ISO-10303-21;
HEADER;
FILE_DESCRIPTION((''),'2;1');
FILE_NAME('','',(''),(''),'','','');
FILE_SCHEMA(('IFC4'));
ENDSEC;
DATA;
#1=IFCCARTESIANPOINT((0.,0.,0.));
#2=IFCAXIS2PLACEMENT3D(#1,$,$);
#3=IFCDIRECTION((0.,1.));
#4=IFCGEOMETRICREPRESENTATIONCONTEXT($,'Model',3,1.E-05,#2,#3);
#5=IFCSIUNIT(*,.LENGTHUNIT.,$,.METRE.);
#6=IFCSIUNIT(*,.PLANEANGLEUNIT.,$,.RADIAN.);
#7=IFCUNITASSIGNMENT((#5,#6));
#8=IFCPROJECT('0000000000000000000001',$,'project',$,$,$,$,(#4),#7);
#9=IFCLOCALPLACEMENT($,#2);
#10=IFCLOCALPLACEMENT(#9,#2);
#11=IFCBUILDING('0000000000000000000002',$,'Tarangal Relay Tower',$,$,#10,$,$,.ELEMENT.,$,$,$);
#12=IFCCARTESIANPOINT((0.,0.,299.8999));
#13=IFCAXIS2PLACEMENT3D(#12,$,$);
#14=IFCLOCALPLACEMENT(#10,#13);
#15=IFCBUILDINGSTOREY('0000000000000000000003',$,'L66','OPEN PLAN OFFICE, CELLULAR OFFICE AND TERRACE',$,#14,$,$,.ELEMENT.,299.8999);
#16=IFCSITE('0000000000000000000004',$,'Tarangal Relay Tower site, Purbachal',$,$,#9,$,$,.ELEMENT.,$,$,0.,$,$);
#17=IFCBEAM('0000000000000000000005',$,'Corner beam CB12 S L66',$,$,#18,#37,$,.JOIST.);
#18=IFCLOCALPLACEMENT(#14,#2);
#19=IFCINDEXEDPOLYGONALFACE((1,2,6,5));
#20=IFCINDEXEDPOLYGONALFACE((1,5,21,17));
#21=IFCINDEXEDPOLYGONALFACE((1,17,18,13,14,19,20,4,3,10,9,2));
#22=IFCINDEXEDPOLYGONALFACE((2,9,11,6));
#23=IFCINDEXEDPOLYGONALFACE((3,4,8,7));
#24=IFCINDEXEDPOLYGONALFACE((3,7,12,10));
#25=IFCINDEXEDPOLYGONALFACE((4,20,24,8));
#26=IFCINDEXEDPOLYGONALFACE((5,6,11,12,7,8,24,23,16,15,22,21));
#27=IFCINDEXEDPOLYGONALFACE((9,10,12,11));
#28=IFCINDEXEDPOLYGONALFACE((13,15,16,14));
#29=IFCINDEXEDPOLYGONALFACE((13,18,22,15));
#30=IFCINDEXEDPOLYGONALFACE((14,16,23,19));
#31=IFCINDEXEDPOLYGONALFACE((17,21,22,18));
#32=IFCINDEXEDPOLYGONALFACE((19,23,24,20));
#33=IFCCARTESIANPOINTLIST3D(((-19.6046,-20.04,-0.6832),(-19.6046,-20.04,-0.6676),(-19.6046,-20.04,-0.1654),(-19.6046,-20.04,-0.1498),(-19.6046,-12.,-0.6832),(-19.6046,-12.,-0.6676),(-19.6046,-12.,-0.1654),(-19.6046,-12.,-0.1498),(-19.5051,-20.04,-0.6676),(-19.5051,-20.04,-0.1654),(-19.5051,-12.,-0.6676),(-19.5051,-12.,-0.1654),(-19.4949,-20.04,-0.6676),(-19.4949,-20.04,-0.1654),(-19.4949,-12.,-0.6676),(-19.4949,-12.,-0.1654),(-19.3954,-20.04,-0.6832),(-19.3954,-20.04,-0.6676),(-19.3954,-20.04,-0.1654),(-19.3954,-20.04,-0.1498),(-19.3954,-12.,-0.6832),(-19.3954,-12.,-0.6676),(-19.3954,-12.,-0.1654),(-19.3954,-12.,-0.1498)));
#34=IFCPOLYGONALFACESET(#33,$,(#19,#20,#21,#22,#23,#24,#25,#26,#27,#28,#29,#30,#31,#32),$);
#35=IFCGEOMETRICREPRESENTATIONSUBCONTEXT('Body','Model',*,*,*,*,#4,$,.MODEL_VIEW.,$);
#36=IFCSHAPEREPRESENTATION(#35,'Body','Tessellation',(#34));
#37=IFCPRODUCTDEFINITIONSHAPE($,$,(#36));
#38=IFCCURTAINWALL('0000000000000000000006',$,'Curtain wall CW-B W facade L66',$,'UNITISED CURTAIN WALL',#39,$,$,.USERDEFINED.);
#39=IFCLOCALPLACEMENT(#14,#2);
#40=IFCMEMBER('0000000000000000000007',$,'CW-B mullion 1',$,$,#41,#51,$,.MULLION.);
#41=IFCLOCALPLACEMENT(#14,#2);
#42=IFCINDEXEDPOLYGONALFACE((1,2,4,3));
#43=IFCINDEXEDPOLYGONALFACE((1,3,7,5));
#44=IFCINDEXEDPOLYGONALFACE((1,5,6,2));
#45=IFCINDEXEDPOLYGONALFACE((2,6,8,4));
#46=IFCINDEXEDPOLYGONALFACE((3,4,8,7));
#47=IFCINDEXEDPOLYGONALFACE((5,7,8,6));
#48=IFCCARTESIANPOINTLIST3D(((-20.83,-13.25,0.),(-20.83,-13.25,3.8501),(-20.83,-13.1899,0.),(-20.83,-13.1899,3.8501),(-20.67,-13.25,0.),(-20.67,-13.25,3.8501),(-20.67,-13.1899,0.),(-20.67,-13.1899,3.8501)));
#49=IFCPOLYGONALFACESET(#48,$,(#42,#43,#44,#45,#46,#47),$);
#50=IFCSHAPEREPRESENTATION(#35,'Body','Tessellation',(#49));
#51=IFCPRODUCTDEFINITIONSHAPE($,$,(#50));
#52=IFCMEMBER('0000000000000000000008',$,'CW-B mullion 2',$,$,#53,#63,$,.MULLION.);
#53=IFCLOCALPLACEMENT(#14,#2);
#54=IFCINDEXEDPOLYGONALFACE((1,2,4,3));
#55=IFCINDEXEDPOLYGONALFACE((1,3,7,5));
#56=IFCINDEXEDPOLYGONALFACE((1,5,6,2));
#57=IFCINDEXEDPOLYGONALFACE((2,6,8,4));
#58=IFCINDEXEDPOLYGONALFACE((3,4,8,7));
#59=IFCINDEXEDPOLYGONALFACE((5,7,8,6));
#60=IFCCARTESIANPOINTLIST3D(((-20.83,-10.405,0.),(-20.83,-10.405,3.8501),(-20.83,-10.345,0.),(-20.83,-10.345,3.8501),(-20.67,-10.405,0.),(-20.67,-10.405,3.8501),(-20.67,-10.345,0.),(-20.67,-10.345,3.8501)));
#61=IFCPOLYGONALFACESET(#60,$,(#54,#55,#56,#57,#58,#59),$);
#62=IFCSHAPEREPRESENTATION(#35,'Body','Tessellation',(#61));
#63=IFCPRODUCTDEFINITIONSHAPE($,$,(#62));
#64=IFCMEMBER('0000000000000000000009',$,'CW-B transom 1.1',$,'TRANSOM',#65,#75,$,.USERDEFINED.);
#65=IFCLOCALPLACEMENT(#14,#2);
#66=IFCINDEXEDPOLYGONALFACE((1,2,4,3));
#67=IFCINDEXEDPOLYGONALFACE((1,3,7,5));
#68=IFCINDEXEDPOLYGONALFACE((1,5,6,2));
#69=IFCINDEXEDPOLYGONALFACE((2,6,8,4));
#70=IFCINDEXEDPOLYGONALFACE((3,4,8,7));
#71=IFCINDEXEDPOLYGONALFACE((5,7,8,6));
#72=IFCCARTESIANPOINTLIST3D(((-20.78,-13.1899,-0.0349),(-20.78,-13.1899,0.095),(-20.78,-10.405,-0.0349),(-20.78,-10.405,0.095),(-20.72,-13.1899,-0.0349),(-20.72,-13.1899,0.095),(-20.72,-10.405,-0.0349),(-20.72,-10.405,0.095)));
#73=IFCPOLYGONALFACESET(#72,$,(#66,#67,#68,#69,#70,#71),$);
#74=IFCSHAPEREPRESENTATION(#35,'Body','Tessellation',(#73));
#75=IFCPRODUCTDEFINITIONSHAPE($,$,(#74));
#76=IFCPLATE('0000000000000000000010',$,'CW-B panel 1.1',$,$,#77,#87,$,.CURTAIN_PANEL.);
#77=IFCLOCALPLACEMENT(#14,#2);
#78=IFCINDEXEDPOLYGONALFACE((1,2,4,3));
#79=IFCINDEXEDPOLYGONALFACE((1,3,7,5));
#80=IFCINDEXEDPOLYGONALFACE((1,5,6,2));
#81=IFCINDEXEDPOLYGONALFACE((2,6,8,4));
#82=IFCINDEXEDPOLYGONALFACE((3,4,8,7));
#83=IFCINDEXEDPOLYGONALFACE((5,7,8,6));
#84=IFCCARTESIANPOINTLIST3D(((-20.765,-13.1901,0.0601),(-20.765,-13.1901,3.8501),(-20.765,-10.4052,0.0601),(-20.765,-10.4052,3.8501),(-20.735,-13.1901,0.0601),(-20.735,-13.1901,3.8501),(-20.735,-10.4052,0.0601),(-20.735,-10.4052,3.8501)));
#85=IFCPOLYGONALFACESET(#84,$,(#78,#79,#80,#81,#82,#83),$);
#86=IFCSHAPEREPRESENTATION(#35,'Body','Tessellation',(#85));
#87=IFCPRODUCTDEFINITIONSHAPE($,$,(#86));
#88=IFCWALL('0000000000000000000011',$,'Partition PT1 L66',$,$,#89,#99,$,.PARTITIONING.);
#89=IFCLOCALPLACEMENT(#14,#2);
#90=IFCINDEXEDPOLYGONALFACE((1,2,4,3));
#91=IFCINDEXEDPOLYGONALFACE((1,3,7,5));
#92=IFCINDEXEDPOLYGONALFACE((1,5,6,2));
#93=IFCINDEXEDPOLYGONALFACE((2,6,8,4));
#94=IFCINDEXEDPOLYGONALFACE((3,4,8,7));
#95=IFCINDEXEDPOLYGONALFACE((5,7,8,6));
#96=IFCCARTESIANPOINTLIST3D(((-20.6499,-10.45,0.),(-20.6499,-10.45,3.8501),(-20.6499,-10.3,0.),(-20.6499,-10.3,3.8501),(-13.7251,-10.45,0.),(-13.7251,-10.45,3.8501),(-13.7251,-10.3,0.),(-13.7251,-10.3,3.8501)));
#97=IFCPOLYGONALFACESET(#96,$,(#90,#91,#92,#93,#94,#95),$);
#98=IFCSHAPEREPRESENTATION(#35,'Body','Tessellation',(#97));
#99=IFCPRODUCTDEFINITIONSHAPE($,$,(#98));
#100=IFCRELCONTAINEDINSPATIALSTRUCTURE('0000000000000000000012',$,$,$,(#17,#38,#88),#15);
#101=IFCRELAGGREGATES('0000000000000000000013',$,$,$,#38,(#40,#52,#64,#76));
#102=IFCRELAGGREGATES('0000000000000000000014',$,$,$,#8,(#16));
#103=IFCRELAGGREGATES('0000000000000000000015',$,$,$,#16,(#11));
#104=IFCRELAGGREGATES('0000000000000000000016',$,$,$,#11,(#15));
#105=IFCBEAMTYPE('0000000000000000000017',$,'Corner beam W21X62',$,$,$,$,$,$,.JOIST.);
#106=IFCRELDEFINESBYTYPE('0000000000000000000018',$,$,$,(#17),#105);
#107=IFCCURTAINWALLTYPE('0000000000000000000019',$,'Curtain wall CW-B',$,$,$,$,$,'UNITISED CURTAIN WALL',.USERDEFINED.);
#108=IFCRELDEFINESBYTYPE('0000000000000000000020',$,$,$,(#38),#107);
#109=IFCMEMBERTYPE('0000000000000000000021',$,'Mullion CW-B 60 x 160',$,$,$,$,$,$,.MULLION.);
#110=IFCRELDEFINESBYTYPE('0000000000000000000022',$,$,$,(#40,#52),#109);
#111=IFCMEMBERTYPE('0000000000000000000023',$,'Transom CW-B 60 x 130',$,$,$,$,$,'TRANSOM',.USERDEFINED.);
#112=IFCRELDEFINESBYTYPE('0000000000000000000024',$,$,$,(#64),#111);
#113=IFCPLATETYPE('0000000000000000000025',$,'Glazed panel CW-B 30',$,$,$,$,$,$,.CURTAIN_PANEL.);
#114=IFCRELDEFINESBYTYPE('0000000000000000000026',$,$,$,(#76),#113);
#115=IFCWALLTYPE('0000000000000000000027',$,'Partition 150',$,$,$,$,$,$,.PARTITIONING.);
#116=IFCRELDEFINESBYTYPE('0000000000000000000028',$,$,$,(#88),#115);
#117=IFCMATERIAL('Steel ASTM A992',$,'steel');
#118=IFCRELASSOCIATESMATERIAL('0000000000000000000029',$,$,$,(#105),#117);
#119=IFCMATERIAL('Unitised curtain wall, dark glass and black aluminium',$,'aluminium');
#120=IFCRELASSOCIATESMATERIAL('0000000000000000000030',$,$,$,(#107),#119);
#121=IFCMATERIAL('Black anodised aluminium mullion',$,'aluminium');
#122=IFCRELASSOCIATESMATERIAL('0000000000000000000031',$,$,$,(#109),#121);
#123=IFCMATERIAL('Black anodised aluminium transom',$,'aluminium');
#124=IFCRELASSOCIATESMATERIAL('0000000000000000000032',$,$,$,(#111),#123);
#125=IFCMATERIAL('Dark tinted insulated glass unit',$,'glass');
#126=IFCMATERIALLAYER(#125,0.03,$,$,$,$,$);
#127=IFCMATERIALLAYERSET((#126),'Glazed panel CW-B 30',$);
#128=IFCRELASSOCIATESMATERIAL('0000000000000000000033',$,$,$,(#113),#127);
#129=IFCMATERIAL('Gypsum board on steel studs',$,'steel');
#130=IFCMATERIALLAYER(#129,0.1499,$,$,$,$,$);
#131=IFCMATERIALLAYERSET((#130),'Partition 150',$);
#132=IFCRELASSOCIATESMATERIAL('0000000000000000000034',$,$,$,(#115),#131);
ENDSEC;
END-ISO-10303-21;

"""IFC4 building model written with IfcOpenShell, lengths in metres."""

from ifc_helpers import new_model, si_unit, direction, frame, frame_2d, origin, origin_2d, place, context, subcontext, project, spatial, rectangle, i_section, extrude, material, layer, layer_set, material_profile, profile_set, type_object, element, aggregate, save


model = new_model("IFC4")

# Units and contexts
model_context = context("Model", 3, precision=1e-05, world=origin(), true_north=direction((0.0, 1.0)))
body_context = subcontext(model_context, "Body", "Model", "MODEL_VIEW")
ifc_project = project(units=[si_unit("LENGTHUNIT", "METRE"), si_unit("PLANEANGLEUNIT", "RADIAN")], contexts=[model_context])

# Site, building, storey
site_placement = place(None, origin())
site = spatial("IfcSite", under=ifc_project, at=site_placement, Name="Tarangal Relay Tower site, Purbachal", CompositionType="ELEMENT", RefElevation=0.0)
building_placement = place(site_placement, origin())
building = spatial("IfcBuilding", under=site, at=building_placement, Name="Tarangal Relay Tower", CompositionType="ELEMENT")
storey_placement = place(building_placement, frame((0.0, 0.0, 299.8999)))
storey = spatial("IfcBuildingStorey", under=building, at=storey_placement, Name="L66", Description="OPEN PLAN OFFICE, CELLULAR OFFICE AND TERRACE", CompositionType="ELEMENT", Elevation=299.8999)

# Beam
ifc_material_1 = material(Name="Steel ASTM A992", Category="steel")
ifc_material_profile_1 = material_profile(ifc_material_1, i_section(OverallWidth=0.2092, OverallDepth=0.5334, WebThickness=0.0103, FlangeThickness=0.0156, at=origin_2d()), Name="W21X62")
ifc_profile_set_1 = profile_set([ifc_material_profile_1], Name="Steel ASTM A992")
beam_type = type_object("IfcBeamType", Name="Corner beam W21X62", PredefinedType="JOIST", material=ifc_profile_set_1)
beam_placement = place(storey_placement, frame((-19.5, -12.0, -0.4165), z_axis=(0.0, -1.0, 0.0), x_axis=(1.0, 0.0, 0.0)))
element("IfcBeam", 1, at=beam_placement, inside=storey, type_object=beam_type, Name="Corner beam CB12 S L66", PredefinedType="JOIST", context=body_context, shape_type="SweptSolid", body=[
    extrude(i_section(OverallWidth=0.2092, OverallDepth=0.5334, WebThickness=0.0103, FlangeThickness=0.0156, at=origin_2d()), origin(), (0.0, 0.0, 1.0), 8.04),
])

# Curtain wall, members, plate
ifc_material_2 = material(Name="Unitised curtain wall, dark glass and black aluminium", Category="aluminium")
curtain_wall_type = type_object("IfcCurtainWallType", Name="Curtain wall CW-B", ElementType="UNITISED CURTAIN WALL", PredefinedType="USERDEFINED", material=ifc_material_2)
curtain_wall_placement = place(storey_placement, origin())
curtain_wall = element("IfcCurtainWall", 2, at=curtain_wall_placement, inside=storey, type_object=curtain_wall_type, Name="Curtain wall CW-B W facade L66", ObjectType="UNITISED CURTAIN WALL", PredefinedType="USERDEFINED")
ifc_material_3 = material(Name="Black anodised aluminium mullion", Category="aluminium")
ifc_material_profile_2 = material_profile(ifc_material_3, rectangle(XDim=0.1599, YDim=0.0601, at=origin_2d()), Name="CW-BM 60X160")
ifc_profile_set_2 = profile_set([ifc_material_profile_2], Name="Black anodised aluminium mullion")
member_type_1 = type_object("IfcMemberType", Name="Mullion CW-B 60 x 160", PredefinedType="MULLION", material=ifc_profile_set_2)
member_1_placement = place(storey_placement, frame((-20.75, -13.22, 0.0), z_axis=(0.0, 0.0, 1.0), x_axis=(-1.0, 0.0, 0.0)))
member_1 = element("IfcMember", 3, at=member_1_placement, type_object=member_type_1, Name="CW-B mullion 1", PredefinedType="MULLION", context=body_context, shape_type="SweptSolid", body=[
    extrude(rectangle(XDim=0.1599, YDim=0.0601, at=origin_2d()), origin(), (0.0, 0.0, 1.0), 3.8501),
])
member_2_placement = place(storey_placement, frame((-20.75, -10.375, 0.0), z_axis=(0.0, 0.0, 1.0), x_axis=(-1.0, 0.0, 0.0)))
member_2 = element("IfcMember", 4, at=member_2_placement, type_object=member_type_1, Name="CW-B mullion 2", PredefinedType="MULLION", context=body_context, shape_type="SweptSolid", body=[
    extrude(rectangle(XDim=0.1599, YDim=0.0601, at=origin_2d()), origin(), (0.0, 0.0, 1.0), 3.8501),
])
ifc_material_4 = material(Name="Black anodised aluminium transom", Category="aluminium")
ifc_material_profile_3 = material_profile(ifc_material_4, rectangle(XDim=0.0601, YDim=0.1299, at=origin_2d()), Name="CW-BT 60X130")
ifc_profile_set_3 = profile_set([ifc_material_profile_3], Name="Black anodised aluminium transom")
member_type_2 = type_object("IfcMemberType", Name="Transom CW-B 60 x 130", ElementType="TRANSOM", PredefinedType="USERDEFINED", material=ifc_profile_set_3)
member_3_placement = place(storey_placement, frame((-20.75, -13.1899, 0.03), z_axis=(0.0, 1.0, 0.0), x_axis=(-1.0, 0.0, 0.0)))
member_3 = element("IfcMember", 5, at=member_3_placement, type_object=member_type_2, Name="CW-B transom 1.1", ObjectType="TRANSOM", PredefinedType="USERDEFINED", context=body_context, shape_type="SweptSolid", body=[
    extrude(rectangle(XDim=0.0601, YDim=0.1299, at=origin_2d()), origin(), (0.0, 0.0, 1.0), 2.7849),
])
ifc_material_5 = material(Name="Dark tinted insulated glass unit", Category="glass")
ifc_layer_1 = layer(ifc_material_5, 0.03)
ifc_layer_set_1 = layer_set([ifc_layer_1], Name="Glazed panel CW-B 30")
plate_type = type_object("IfcPlateType", Name="Glazed panel CW-B 30", PredefinedType="CURTAIN_PANEL", material=ifc_layer_set_1)
plate_placement = place(storey_placement, frame((-20.75, -11.7976, 0.0601), z_axis=(0.0, 0.0, 1.0), x_axis=(0.0, 1.0, 0.0)))
plate = element("IfcPlate", 6, at=plate_placement, type_object=plate_type, Name="CW-B panel 1.1", PredefinedType="CURTAIN_PANEL", context=body_context, shape_type="SweptSolid", body=[
    extrude(rectangle(XDim=2.7849, YDim=0.03, at=origin_2d()), origin(), (0.0, 0.0, 1.0), 3.79),
])
aggregate(curtain_wall, [member_1, member_2, member_3, plate])

# Wall
ifc_material_6 = material(Name="Gypsum board on steel studs", Category="steel")
ifc_layer_2 = layer(ifc_material_6, 0.1499)
ifc_layer_set_2 = layer_set([ifc_layer_2], Name="Partition 150")
wall_type = type_object("IfcWallType", Name="Partition 150", PredefinedType="PARTITIONING", material=ifc_layer_set_2)
wall_placement = place(storey_placement, frame((-20.6499, -10.375, 0.0), z_axis=(0.0, 0.0, 1.0), x_axis=(1.0, 0.0, 0.0)))
element("IfcWall", 7, at=wall_placement, inside=storey, type_object=wall_type, Name="Partition PT1 L66", PredefinedType="PARTITIONING", context=body_context, shape_type="SweptSolid", body=[
    extrude(rectangle(XDim=6.9248, YDim=0.1499, at=frame_2d((3.4624, 0.0))), origin(), (0.0, 0.0, 1.0), 3.8501),
])

save(model, "model.ifc")
